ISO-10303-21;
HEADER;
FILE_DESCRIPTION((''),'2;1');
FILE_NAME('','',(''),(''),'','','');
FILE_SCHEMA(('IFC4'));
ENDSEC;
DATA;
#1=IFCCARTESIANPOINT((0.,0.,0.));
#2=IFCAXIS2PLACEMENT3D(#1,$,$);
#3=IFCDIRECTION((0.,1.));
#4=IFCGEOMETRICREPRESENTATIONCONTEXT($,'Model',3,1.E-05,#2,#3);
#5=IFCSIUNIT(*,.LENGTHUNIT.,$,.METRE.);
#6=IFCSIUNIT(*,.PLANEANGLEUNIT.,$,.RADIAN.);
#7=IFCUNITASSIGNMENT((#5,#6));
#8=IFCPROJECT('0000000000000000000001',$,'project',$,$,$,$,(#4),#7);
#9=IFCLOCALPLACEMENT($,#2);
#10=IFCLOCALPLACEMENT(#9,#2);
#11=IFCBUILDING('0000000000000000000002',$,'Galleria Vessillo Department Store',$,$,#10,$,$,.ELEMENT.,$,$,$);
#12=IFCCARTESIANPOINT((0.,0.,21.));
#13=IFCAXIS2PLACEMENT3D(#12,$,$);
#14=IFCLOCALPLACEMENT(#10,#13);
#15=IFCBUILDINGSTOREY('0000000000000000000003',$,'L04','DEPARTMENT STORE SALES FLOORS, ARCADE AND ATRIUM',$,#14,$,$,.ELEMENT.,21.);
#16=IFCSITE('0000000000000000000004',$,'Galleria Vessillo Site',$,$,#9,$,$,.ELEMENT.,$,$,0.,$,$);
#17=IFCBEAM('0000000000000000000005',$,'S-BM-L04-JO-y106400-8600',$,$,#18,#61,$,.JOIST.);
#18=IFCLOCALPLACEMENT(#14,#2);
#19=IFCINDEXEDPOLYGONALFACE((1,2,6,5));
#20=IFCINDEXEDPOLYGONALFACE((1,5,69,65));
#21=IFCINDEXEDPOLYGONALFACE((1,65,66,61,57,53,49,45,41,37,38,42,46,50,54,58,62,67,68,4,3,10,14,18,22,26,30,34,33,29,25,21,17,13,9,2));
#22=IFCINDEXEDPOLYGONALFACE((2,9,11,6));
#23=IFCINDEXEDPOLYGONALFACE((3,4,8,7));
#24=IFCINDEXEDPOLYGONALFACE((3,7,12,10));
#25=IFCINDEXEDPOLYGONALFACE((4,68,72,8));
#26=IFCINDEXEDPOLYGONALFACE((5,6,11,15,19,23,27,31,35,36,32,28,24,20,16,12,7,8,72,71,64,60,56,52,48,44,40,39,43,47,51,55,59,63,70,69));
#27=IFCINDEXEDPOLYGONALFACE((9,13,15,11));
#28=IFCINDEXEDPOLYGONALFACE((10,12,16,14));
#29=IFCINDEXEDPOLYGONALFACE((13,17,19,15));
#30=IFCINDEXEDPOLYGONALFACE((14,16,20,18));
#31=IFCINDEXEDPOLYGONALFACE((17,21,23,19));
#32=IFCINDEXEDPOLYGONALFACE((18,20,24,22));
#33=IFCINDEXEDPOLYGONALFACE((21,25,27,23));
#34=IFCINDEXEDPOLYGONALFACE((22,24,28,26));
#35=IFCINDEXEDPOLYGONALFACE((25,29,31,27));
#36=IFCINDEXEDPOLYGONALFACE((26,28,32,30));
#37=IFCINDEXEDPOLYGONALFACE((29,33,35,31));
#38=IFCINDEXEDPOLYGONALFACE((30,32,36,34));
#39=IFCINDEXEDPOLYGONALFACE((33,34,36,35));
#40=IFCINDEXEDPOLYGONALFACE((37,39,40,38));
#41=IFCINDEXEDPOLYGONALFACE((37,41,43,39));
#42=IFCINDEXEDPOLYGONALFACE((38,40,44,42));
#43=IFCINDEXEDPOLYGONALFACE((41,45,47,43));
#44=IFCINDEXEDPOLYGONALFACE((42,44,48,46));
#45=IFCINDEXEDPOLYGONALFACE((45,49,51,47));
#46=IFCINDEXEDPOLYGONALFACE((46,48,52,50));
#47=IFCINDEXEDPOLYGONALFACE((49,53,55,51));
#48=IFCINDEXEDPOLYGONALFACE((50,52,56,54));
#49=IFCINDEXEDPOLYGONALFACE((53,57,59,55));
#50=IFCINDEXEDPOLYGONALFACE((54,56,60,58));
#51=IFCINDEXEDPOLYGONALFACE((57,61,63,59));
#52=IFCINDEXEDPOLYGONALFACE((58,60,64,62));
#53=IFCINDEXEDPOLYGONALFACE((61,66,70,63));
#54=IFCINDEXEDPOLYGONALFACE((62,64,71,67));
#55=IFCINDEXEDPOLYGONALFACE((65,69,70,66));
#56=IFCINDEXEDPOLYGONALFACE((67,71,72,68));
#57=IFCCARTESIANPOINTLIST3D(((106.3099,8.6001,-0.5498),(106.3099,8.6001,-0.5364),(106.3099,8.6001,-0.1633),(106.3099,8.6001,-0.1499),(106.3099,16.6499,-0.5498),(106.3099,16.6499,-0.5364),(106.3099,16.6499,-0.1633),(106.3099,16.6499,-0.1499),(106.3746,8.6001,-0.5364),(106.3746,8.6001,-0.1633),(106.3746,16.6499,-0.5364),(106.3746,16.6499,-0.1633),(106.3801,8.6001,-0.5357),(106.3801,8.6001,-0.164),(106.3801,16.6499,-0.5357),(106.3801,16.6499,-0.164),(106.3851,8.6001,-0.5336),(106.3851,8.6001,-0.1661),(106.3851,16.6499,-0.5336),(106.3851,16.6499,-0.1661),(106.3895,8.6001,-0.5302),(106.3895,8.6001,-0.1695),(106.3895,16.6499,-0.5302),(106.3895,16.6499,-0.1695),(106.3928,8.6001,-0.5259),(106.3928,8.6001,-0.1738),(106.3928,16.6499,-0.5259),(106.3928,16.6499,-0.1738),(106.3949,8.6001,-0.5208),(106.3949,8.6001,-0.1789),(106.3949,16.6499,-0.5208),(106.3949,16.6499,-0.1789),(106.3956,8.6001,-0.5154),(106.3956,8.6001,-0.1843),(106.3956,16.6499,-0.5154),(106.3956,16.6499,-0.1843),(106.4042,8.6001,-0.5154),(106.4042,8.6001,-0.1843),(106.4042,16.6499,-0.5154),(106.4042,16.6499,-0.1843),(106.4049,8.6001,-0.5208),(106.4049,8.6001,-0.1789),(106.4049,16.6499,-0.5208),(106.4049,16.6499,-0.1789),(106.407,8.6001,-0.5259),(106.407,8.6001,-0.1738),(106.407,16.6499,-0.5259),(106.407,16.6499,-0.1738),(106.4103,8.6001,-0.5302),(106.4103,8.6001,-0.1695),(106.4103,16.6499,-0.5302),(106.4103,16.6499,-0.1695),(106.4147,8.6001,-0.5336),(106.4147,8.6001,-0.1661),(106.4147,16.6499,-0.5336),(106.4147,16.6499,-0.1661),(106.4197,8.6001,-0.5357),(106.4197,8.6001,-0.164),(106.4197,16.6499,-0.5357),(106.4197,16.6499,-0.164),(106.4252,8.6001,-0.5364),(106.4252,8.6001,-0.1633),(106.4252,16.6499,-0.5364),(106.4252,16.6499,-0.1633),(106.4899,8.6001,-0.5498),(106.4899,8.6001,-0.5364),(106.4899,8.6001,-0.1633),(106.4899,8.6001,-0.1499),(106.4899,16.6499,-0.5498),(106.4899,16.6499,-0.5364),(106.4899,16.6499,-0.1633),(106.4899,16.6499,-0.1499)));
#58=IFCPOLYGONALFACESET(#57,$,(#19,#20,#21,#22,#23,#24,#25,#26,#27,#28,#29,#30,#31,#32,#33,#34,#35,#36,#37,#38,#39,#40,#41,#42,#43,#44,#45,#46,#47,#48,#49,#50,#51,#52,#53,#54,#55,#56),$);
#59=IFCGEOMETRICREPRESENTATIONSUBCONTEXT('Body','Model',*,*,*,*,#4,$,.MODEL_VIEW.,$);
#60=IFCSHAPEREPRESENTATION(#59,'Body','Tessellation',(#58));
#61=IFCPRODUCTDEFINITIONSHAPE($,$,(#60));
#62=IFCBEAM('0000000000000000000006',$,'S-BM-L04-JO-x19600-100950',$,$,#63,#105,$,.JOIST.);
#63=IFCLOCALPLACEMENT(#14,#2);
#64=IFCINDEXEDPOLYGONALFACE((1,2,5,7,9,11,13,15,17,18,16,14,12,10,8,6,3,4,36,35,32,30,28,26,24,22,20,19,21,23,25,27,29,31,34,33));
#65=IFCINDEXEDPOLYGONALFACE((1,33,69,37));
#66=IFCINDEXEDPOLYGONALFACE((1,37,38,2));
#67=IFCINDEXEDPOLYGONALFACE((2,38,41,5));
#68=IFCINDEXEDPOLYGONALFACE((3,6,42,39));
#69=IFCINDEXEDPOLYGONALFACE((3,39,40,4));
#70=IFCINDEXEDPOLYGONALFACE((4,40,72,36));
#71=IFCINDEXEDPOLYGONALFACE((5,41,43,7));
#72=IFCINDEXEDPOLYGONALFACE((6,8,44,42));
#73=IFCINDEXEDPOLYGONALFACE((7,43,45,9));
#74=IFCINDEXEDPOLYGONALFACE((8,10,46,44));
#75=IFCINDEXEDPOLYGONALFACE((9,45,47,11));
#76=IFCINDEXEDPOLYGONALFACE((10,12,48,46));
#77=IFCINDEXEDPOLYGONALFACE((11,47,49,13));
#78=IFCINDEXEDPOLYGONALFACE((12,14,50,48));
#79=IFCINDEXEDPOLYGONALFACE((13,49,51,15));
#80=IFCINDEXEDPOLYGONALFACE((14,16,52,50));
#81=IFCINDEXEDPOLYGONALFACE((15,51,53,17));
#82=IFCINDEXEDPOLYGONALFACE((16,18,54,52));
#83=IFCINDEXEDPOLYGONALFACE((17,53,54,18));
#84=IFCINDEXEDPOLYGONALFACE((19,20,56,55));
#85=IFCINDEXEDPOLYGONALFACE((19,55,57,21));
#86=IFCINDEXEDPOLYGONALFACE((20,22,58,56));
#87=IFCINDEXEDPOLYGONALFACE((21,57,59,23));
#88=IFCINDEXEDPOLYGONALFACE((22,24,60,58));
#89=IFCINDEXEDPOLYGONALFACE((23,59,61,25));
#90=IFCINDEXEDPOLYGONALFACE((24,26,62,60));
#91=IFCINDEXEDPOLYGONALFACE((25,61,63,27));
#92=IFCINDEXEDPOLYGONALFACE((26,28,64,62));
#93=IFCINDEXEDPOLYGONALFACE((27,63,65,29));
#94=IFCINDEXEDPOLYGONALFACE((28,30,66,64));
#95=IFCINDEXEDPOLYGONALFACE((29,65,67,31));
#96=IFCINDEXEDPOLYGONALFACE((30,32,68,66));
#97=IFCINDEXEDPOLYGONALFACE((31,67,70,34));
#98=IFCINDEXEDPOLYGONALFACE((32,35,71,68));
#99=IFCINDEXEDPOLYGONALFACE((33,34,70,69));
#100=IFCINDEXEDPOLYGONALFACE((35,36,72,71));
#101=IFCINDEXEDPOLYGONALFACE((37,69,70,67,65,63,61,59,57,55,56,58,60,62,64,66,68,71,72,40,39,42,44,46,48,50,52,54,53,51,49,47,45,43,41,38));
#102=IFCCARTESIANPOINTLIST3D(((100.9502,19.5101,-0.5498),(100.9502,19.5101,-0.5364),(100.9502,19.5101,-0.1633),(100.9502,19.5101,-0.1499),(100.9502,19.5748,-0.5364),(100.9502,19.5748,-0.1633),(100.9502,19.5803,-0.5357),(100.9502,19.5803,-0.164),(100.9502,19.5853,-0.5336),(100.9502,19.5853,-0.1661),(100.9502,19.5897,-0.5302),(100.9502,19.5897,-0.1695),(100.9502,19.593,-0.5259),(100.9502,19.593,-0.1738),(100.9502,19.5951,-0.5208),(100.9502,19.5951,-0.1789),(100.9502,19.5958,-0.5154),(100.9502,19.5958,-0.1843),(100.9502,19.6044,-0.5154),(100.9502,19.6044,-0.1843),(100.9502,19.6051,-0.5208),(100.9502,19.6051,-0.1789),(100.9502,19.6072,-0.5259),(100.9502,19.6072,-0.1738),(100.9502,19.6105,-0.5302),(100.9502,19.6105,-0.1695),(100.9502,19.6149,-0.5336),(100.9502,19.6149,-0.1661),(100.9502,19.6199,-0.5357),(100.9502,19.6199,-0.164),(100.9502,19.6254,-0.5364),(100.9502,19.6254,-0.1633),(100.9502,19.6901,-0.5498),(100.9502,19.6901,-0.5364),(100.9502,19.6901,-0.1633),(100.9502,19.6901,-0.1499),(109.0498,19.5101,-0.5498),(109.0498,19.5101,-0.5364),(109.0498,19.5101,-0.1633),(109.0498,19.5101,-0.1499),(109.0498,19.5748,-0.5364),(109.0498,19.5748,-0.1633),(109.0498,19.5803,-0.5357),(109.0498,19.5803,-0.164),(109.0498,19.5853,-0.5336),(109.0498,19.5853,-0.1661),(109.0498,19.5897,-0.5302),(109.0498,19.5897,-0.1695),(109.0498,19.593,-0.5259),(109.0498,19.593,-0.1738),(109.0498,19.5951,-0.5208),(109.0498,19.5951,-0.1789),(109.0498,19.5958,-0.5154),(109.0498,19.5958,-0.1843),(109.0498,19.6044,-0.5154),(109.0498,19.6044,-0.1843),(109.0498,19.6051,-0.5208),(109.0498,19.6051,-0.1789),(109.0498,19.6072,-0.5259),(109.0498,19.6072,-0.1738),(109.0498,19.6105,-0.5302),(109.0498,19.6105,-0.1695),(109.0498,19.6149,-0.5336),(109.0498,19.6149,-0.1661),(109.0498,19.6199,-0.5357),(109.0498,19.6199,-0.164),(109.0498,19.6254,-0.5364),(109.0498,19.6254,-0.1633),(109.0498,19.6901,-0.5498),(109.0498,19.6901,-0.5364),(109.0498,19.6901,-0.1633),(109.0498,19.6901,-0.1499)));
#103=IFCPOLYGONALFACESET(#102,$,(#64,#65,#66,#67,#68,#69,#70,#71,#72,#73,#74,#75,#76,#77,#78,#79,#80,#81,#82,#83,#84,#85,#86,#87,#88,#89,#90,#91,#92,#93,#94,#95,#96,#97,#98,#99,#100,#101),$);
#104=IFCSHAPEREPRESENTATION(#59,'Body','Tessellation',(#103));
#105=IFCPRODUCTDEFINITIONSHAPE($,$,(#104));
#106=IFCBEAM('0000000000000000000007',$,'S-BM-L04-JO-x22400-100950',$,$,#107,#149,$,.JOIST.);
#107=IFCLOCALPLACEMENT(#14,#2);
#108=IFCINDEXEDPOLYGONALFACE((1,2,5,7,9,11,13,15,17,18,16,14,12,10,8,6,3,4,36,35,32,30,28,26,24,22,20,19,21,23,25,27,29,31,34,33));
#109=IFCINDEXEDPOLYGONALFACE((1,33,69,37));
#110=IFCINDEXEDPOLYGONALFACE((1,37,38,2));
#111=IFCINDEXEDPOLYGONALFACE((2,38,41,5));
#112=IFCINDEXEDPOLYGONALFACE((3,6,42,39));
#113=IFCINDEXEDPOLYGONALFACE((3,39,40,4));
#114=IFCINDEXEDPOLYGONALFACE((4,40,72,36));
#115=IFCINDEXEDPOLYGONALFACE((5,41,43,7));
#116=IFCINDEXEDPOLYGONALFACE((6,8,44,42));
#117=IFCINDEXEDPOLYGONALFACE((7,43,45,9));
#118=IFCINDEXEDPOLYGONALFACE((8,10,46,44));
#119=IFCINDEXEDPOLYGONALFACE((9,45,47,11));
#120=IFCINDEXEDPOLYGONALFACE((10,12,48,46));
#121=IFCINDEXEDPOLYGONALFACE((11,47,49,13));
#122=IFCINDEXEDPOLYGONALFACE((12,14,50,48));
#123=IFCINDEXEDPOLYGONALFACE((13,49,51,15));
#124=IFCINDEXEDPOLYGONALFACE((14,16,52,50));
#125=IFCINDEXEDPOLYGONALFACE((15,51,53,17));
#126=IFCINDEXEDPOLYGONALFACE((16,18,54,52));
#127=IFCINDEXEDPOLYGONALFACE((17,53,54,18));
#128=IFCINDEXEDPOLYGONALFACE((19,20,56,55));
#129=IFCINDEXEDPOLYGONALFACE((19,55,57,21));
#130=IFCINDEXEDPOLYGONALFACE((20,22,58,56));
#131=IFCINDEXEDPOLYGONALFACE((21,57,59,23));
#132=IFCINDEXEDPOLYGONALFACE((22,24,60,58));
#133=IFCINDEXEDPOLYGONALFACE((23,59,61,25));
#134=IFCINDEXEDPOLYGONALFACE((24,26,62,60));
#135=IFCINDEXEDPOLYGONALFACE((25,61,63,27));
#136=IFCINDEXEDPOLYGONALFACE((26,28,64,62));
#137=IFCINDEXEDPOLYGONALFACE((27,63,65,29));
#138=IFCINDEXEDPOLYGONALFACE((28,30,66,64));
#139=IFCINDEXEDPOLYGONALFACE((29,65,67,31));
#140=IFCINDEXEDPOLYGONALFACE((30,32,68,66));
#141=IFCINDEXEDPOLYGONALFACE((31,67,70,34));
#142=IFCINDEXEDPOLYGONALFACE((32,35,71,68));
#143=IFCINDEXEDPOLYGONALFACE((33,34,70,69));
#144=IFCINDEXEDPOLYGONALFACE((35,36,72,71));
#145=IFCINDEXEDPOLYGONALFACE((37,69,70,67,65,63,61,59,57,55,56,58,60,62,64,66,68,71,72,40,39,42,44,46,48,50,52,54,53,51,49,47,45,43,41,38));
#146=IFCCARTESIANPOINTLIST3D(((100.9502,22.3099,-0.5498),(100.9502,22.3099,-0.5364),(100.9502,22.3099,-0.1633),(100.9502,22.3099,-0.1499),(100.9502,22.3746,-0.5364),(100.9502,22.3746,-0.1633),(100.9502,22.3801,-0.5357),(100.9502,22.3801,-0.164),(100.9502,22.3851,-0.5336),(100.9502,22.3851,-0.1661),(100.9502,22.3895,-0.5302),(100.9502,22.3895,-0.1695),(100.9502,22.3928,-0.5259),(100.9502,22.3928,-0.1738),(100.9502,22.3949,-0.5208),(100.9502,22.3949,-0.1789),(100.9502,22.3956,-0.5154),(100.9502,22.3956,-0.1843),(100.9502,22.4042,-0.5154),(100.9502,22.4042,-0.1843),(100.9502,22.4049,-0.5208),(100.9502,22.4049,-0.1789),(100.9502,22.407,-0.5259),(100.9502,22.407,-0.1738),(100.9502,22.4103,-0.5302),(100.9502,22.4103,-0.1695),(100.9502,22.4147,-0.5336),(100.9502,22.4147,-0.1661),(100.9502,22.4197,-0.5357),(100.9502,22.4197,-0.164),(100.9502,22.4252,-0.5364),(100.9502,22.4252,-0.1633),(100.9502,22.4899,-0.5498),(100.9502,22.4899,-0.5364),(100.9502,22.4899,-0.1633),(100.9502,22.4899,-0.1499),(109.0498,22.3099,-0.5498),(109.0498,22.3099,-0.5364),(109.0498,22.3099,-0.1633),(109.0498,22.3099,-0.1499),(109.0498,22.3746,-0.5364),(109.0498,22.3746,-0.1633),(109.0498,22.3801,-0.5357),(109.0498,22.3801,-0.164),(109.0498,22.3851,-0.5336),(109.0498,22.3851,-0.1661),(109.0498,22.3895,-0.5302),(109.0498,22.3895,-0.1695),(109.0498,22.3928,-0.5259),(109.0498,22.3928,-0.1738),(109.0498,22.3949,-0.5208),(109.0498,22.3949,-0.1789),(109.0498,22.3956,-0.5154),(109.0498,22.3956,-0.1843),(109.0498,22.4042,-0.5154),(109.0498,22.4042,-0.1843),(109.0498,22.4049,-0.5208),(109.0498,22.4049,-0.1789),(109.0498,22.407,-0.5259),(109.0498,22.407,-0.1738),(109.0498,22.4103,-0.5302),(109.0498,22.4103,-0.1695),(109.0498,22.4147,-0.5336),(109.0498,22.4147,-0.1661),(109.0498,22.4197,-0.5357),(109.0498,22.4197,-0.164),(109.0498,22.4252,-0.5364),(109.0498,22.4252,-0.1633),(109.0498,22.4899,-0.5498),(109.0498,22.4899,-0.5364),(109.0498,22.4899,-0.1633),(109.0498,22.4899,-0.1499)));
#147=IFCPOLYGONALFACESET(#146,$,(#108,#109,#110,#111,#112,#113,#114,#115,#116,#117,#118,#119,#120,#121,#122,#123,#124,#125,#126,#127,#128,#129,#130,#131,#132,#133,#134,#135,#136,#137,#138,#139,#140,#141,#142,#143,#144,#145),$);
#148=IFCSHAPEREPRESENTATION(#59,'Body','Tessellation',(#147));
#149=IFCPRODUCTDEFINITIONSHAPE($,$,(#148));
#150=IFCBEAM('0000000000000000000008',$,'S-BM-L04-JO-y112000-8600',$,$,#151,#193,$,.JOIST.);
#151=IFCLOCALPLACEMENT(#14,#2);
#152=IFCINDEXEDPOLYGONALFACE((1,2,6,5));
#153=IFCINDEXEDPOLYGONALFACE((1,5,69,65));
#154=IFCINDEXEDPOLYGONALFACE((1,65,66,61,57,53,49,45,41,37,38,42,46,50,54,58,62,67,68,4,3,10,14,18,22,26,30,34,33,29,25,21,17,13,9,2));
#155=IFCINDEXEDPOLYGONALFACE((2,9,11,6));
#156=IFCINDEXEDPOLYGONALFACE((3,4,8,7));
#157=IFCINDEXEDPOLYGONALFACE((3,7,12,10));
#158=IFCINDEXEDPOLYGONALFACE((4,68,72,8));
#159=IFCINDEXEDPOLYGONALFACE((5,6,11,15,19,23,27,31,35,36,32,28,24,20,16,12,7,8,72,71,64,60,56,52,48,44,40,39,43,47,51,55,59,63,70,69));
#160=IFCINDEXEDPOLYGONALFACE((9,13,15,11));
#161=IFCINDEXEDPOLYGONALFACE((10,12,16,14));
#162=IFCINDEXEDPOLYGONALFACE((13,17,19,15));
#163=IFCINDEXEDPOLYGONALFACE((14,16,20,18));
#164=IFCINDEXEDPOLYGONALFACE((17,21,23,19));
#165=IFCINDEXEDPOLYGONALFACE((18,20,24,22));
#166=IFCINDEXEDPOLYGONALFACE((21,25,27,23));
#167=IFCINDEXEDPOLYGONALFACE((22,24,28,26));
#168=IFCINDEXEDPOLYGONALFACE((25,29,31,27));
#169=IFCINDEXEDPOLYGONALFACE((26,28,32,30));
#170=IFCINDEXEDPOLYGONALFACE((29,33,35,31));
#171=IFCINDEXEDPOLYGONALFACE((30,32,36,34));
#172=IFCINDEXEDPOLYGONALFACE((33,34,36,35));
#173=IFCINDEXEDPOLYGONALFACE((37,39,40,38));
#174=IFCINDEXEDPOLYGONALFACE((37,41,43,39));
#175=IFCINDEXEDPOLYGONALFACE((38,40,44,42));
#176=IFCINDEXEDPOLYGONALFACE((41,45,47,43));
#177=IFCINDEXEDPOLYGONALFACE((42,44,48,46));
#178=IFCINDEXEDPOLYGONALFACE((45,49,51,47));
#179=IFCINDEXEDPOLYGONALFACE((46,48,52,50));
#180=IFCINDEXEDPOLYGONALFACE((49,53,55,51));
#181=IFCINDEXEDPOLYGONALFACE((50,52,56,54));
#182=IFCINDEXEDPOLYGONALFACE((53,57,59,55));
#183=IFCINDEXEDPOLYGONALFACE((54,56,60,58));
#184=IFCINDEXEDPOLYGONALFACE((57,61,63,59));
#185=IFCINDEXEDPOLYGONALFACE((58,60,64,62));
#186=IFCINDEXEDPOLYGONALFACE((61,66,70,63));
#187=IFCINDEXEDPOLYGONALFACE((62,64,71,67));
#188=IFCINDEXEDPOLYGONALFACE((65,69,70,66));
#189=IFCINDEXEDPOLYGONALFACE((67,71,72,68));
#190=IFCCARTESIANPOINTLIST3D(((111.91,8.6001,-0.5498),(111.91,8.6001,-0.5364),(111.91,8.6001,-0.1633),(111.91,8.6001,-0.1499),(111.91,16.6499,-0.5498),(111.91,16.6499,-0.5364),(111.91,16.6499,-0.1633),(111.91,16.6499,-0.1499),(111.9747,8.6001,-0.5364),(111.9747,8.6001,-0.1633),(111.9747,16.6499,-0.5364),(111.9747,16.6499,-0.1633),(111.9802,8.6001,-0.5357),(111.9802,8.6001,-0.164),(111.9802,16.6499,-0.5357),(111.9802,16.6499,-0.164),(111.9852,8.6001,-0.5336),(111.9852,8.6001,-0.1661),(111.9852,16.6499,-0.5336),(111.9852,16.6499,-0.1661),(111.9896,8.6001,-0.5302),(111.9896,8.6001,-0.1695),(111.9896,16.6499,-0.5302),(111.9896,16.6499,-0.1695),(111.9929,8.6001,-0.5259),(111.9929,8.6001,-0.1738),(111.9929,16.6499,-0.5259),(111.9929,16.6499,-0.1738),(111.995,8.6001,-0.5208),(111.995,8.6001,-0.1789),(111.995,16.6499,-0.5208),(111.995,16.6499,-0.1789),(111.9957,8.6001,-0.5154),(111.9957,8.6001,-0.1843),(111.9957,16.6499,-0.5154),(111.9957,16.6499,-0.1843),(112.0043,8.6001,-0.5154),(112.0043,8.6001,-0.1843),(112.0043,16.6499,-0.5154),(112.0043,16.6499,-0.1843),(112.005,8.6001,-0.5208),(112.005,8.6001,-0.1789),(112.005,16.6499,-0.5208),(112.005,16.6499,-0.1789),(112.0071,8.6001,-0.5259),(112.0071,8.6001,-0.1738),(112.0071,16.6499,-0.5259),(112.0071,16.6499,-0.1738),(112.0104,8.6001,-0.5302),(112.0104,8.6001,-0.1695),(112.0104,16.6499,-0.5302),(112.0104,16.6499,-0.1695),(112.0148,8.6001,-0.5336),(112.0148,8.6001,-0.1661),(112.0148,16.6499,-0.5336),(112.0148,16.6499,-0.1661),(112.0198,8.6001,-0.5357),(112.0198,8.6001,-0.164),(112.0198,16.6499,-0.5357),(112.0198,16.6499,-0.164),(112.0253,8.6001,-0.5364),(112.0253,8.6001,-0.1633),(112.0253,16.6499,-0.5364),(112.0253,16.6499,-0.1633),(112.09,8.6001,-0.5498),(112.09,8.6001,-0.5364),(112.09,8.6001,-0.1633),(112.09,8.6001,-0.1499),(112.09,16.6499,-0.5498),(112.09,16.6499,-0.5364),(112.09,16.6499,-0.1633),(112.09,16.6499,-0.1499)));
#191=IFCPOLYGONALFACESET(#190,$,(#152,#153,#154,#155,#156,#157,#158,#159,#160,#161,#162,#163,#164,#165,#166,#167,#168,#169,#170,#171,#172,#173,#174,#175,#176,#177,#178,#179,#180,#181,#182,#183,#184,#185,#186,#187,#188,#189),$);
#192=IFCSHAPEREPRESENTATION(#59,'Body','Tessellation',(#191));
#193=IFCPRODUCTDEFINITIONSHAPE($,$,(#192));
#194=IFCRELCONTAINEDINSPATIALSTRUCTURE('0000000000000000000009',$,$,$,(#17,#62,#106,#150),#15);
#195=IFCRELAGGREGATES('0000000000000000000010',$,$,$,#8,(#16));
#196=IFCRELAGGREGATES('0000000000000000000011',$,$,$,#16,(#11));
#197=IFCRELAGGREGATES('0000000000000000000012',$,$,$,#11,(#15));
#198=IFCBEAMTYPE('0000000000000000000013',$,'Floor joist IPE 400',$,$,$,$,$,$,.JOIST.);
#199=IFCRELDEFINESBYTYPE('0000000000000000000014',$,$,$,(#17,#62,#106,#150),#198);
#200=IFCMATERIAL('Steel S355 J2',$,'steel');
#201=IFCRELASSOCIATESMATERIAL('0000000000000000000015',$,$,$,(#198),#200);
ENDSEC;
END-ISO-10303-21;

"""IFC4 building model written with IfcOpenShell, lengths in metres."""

from ifc_helpers import new_model, si_unit, direction, frame, origin, origin_2d, place, context, subcontext, project, spatial, i_section, extrude, material, material_profile, profile_set, type_object, element, save


model = new_model("IFC4")

# Units and contexts
model_context = context("Model", 3, precision=1e-05, world=origin(), true_north=direction((0.0, 1.0)))
body_context = subcontext(model_context, "Body", "Model", "MODEL_VIEW")
ifc_project = project(units=[si_unit("LENGTHUNIT", "METRE"), si_unit("PLANEANGLEUNIT", "RADIAN")], contexts=[model_context])

# Site, building, storey
site_placement = place(None, origin())
site = spatial("IfcSite", under=ifc_project, at=site_placement, Name="Galleria Vessillo Site", CompositionType="ELEMENT", RefElevation=0.0)
building_placement = place(site_placement, origin())
building = spatial("IfcBuilding", under=site, at=building_placement, Name="Galleria Vessillo Department Store", CompositionType="ELEMENT")
storey_placement = place(building_placement, frame((0.0, 0.0, 21.0)))
storey = spatial("IfcBuildingStorey", under=building, at=storey_placement, Name="L04", Description="DEPARTMENT STORE SALES FLOORS, ARCADE AND ATRIUM", CompositionType="ELEMENT", Elevation=21.0)

# Beams
ifc_material_1 = material(Name="Steel S355 J2", Category="steel")
ifc_material_profile_1 = material_profile(ifc_material_1, i_section(OverallWidth=0.1799, OverallDepth=0.3999, WebThickness=0.0085, FlangeThickness=0.0134, FilletRadius=0.021, at=origin_2d()), Name="IPE 400")
ifc_profile_set_1 = profile_set([ifc_material_profile_1], Name="Steel S355 J2")
beam_type_1 = type_object("IfcBeamType", Name="Floor joist IPE 400", PredefinedType="JOIST", material=ifc_profile_set_1)
for number, where, z_axis, x_axis, name in (
    (1, (106.3999, 8.6001, -0.3499), (0.0, 1.0, 0.0), (-1.0, 0.0, 0.0), "S-BM-L04-JO-y106400-8600"),
):
    element("IfcBeam", number, at=place(storey_placement, frame(where, z_axis=z_axis, x_axis=x_axis)), inside=storey, type_object=beam_type_1, Name=name, PredefinedType="JOIST", context=body_context, shape_type="SweptSolid", body=[
        extrude(i_section(OverallWidth=0.1799, OverallDepth=0.3999, WebThickness=0.0085, FlangeThickness=0.0134, FilletRadius=0.021, at=origin_2d()), origin(), (0.0, 0.0, 1.0), 8.0498),
    ])
for number, where, z_axis, x_axis, name in (
    (2, (100.9502, 19.6001, -0.3499), (1.0, 0.0, 0.0), (0.0, 1.0, 0.0), "S-BM-L04-JO-x19600-100950"),
    (3, (100.9502, 22.3999, -0.3499), (1.0, 0.0, 0.0), (0.0, 1.0, 0.0), "S-BM-L04-JO-x22400-100950"),
):
    element("IfcBeam", number, at=place(storey_placement, frame(where, z_axis=z_axis, x_axis=x_axis)), inside=storey, type_object=beam_type_1, Name=name, PredefinedType="JOIST", context=body_context, shape_type="SweptSolid", body=[
        extrude(i_section(OverallWidth=0.1799, OverallDepth=0.3999, WebThickness=0.0085, FlangeThickness=0.0134, FilletRadius=0.021, at=origin_2d()), origin(), (0.0, 0.0, 1.0), 8.0996),
    ])
beam_1_placement = place(storey_placement, frame((112.0, 8.6001, -0.3499), z_axis=(0.0, 1.0, 0.0), x_axis=(-1.0, 0.0, 0.0)))
element("IfcBeam", 4, at=beam_1_placement, inside=storey, type_object=beam_type_1, Name="S-BM-L04-JO-y112000-8600", PredefinedType="JOIST", context=body_context, shape_type="SweptSolid", body=[
    extrude(i_section(OverallWidth=0.1799, OverallDepth=0.3999, WebThickness=0.0085, FlangeThickness=0.0134, FilletRadius=0.021, at=origin_2d()), origin(), (0.0, 0.0, 1.0), 8.0498),
])

save(model, "model.ifc")
